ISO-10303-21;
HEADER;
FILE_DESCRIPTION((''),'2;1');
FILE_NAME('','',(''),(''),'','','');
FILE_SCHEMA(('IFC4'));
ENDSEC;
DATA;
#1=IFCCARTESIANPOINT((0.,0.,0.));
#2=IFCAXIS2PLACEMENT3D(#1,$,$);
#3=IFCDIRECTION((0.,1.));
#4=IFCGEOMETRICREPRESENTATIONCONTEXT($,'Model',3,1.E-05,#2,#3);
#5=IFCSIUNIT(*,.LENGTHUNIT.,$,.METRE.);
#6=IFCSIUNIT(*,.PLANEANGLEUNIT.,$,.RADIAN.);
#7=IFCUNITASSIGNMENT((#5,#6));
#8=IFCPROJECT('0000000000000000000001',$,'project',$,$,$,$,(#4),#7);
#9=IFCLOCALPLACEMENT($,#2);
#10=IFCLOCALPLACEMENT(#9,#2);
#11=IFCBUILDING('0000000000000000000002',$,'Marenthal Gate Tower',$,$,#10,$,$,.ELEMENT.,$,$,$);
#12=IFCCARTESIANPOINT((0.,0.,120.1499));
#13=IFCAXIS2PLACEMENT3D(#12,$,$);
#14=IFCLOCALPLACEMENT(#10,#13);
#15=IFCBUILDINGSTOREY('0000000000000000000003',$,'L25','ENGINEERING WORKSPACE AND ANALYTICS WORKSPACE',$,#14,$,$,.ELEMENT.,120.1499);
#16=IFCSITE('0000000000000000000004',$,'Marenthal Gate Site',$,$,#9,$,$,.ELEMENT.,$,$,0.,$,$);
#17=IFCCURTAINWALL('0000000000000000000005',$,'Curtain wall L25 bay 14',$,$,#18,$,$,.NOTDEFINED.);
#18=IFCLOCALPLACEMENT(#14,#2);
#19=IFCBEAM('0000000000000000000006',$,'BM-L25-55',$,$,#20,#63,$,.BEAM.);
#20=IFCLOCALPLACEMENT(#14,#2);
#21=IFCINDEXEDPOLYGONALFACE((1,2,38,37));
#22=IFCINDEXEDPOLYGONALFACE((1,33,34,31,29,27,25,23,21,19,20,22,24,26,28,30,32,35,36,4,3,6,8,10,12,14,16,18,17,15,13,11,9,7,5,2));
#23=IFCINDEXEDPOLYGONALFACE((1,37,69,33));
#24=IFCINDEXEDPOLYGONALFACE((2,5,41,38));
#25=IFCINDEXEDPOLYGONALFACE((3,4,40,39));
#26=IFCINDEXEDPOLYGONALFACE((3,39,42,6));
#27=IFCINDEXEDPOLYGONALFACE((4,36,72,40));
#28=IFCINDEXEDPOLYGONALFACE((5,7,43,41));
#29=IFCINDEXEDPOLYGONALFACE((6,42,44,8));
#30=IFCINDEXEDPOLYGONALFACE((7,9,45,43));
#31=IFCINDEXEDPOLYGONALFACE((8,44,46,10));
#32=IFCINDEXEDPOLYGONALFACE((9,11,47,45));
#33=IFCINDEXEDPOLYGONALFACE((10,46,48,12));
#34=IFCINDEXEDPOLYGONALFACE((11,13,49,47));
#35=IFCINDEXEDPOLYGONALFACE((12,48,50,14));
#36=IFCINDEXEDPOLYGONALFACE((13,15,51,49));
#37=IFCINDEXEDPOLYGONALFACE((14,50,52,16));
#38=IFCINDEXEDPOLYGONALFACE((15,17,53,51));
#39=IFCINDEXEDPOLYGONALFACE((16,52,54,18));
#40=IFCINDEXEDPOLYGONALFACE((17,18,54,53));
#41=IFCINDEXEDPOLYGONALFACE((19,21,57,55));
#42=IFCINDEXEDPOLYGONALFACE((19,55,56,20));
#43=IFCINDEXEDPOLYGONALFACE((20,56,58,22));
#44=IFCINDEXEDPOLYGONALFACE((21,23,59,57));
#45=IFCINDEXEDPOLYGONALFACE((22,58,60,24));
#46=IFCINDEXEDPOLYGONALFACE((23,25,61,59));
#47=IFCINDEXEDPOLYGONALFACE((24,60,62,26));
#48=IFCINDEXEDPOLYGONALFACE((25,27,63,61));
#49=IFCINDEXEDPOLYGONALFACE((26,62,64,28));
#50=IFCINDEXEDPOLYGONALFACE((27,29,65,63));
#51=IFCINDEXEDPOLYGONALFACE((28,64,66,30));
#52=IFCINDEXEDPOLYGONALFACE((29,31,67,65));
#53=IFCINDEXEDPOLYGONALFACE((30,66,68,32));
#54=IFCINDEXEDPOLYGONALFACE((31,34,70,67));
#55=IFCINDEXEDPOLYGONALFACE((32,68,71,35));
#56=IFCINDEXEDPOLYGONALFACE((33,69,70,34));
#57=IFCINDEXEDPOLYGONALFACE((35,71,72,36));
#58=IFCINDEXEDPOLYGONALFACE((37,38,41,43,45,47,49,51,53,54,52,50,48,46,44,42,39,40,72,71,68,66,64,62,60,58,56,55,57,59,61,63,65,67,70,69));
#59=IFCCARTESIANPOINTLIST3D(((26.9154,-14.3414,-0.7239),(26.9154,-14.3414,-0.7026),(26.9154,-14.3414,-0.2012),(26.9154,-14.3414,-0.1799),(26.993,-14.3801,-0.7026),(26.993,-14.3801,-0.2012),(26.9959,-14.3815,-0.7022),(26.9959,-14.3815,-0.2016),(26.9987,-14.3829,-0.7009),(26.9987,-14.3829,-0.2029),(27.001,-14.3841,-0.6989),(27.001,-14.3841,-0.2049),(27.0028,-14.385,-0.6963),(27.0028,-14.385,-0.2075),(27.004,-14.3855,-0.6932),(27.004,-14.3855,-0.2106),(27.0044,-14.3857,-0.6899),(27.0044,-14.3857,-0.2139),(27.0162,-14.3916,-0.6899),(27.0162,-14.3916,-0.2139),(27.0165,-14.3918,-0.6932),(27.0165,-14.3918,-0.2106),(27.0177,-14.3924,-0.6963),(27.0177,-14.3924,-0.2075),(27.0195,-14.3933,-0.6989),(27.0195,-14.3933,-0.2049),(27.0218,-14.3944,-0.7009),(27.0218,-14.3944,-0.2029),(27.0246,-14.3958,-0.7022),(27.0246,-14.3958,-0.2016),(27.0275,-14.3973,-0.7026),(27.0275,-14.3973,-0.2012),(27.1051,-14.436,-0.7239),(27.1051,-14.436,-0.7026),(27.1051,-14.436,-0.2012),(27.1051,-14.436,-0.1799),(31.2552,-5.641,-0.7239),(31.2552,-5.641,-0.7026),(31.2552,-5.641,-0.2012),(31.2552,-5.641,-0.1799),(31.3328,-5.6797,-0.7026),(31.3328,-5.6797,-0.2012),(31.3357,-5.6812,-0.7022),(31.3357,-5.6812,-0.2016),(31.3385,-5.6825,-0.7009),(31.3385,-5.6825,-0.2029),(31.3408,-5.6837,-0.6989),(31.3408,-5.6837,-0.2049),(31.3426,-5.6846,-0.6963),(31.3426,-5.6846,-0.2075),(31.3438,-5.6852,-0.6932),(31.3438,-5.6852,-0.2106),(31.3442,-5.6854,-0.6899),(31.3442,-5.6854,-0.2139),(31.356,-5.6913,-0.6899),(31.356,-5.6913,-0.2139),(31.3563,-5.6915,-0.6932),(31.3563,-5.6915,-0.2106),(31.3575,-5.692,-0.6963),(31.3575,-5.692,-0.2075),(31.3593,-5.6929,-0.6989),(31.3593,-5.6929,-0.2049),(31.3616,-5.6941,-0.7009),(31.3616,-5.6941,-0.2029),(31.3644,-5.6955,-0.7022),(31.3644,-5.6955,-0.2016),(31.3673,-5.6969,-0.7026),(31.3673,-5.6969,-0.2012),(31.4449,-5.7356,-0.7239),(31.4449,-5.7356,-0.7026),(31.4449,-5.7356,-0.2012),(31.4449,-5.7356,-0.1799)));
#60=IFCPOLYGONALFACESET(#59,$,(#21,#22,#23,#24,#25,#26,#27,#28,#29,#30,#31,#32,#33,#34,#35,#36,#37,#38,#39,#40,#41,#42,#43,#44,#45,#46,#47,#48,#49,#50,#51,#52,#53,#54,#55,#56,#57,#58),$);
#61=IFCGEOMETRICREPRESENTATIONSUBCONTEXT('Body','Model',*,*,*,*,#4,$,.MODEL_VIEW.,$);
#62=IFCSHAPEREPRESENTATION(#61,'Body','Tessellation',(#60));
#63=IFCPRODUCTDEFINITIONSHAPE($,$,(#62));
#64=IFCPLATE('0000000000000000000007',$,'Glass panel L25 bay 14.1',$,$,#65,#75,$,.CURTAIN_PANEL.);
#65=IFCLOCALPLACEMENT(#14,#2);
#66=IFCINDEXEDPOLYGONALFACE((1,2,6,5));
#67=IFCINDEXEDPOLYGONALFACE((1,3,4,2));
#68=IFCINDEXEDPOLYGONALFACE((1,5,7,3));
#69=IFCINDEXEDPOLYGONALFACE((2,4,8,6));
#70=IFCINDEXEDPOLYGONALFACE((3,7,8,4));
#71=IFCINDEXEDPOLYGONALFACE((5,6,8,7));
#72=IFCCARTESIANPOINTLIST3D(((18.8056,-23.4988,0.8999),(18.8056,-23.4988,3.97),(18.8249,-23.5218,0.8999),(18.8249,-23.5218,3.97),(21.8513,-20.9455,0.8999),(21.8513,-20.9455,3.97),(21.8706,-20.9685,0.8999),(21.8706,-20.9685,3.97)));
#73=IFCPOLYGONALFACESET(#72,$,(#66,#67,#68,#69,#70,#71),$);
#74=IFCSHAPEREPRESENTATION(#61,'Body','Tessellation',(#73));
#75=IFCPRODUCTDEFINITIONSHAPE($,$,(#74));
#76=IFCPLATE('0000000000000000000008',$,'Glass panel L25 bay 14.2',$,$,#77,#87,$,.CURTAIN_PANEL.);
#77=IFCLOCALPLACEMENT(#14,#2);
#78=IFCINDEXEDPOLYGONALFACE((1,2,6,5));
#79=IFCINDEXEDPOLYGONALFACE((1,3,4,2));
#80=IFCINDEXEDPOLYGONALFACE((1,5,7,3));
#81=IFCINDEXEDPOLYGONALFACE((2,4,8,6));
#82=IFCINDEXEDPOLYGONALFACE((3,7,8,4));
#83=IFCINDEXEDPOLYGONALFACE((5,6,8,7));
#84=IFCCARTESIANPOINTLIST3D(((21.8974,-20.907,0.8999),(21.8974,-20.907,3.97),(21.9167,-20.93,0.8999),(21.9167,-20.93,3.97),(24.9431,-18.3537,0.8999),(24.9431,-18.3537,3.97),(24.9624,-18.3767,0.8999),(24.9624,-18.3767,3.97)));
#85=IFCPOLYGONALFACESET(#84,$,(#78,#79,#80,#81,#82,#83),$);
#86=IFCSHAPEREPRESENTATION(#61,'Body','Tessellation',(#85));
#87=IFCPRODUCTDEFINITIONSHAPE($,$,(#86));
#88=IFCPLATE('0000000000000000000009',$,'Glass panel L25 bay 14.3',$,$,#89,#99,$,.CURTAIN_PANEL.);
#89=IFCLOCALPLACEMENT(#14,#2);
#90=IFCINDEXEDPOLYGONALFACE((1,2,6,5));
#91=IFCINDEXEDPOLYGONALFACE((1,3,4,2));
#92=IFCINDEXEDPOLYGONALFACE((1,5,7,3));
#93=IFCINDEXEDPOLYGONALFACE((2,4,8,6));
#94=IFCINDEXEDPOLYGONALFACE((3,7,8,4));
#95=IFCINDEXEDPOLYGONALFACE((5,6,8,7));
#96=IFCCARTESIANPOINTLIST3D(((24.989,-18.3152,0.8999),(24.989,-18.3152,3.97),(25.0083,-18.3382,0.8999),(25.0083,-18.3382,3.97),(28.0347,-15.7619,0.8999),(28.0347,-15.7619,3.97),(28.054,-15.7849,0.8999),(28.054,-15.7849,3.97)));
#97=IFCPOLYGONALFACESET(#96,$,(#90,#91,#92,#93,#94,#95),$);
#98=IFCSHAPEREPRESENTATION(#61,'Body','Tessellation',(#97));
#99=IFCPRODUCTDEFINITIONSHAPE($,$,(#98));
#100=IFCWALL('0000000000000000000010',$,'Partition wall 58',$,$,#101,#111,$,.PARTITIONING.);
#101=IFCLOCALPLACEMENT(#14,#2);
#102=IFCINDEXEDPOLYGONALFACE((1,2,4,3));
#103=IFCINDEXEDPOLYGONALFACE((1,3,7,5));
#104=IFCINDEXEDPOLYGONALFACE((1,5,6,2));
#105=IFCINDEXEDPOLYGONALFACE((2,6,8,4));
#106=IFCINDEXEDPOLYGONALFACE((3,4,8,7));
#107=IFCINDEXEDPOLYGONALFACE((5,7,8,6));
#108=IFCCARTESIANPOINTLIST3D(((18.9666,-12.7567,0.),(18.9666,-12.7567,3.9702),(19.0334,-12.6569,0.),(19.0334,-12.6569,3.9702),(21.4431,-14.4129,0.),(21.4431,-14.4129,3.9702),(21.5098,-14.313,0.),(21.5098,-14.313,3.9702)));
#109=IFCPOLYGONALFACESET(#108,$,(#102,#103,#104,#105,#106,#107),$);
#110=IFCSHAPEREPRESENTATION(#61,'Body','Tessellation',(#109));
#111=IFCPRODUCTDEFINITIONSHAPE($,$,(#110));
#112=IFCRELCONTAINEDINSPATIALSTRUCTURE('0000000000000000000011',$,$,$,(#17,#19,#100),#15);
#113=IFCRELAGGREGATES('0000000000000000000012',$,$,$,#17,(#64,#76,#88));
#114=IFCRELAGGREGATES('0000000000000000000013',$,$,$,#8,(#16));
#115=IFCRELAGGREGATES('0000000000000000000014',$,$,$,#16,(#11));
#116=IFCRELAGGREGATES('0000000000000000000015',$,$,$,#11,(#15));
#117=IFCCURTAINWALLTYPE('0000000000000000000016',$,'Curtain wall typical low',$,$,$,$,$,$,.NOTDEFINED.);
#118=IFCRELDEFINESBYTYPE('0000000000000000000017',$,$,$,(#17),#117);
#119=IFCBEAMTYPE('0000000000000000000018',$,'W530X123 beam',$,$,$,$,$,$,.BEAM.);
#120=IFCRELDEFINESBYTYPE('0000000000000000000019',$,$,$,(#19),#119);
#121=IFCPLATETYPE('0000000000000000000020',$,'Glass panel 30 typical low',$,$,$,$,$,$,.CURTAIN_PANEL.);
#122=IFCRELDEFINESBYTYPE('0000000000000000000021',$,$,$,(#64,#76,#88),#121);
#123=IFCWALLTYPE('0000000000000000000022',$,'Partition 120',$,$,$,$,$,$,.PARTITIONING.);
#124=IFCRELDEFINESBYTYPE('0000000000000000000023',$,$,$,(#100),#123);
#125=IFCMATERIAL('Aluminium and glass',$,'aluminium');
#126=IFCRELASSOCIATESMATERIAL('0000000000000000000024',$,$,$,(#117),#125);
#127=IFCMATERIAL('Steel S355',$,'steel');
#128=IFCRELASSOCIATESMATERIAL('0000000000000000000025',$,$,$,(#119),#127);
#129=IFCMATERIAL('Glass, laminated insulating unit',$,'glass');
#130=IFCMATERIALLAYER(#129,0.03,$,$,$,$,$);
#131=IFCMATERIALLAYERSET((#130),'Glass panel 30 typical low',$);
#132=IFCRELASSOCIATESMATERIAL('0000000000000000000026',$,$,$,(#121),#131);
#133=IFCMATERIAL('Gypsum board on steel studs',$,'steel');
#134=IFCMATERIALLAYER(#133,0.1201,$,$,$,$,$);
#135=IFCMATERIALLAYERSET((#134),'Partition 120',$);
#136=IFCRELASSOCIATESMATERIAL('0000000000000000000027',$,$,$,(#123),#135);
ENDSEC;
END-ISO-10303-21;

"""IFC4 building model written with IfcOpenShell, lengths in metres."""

from ifc_helpers import new_model, si_unit, direction, frame, frame_2d, origin, origin_2d, place, context, subcontext, project, spatial, rectangle, i_section, extrude, material, layer, layer_set, material_profile, profile_set, type_object, element, aggregate, save


model = new_model("IFC4")

# Units and contexts
model_context = context("Model", 3, precision=1e-05, world=origin(), true_north=direction((0.0, 1.0)))
body_context = subcontext(model_context, "Body", "Model", "MODEL_VIEW")
ifc_project = project(units=[si_unit("LENGTHUNIT", "METRE"), si_unit("PLANEANGLEUNIT", "RADIAN")], contexts=[model_context])

# Site, building, storey
site_placement = place(None, origin())
site = spatial("IfcSite", under=ifc_project, at=site_placement, Name="Marenthal Gate Site", CompositionType="ELEMENT", RefElevation=0.0)
building_placement = place(site_placement, origin())
building = spatial("IfcBuilding", under=site, at=building_placement, Name="Marenthal Gate Tower", CompositionType="ELEMENT")
storey_placement = place(building_placement, frame((0.0, 0.0, 120.1499)))
storey = spatial("IfcBuildingStorey", under=building, at=storey_placement, Name="L25", Description="ENGINEERING WORKSPACE AND ANALYTICS WORKSPACE", CompositionType="ELEMENT", Elevation=120.1499)

# Curtain wall
ifc_material_1 = material(Name="Aluminium and glass", Category="aluminium")
curtain_wall_type = type_object("IfcCurtainWallType", Name="Curtain wall typical low", PredefinedType="NOTDEFINED", material=ifc_material_1)
curtain_wall_placement = place(storey_placement, origin())
curtain_wall = element("IfcCurtainWall", 1, at=curtain_wall_placement, inside=storey, type_object=curtain_wall_type, Name="Curtain wall L25 bay 14", PredefinedType="NOTDEFINED")

# Beam
ifc_material_2 = material(Name="Steel S355", Category="steel")
ifc_material_profile_1 = material_profile(ifc_material_2, i_section(OverallWidth=0.2119, OverallDepth=0.5439, WebThickness=0.0132, FlangeThickness=0.0212, FilletRadius=0.0127, at=origin_2d()), Name="W530X123")
ifc_profile_set_1 = profile_set([ifc_material_profile_1], Name="Steel S355")
beam_type_1 = type_object("IfcBeamType", Name="W530X123 beam", PredefinedType="BEAM", material=ifc_profile_set_1)
beam_1_placement = place(storey_placement, frame((27.0103, -14.3887, -0.4519), z_axis=(0.44636, 0.894854, 0.0), x_axis=(-0.894854, 0.44636, 0.0)))
element("IfcBeam", 2, at=beam_1_placement, inside=storey, type_object=beam_type_1, Name="BM-L25-55", PredefinedType="BEAM", context=body_context, shape_type="SweptSolid", body=[
    extrude(i_section(OverallWidth=0.2119, OverallDepth=0.5439, WebThickness=0.0132, FlangeThickness=0.0212, FilletRadius=0.0127, at=origin_2d()), origin(), (0.0, 0.0, 1.0), 9.7227),
])

# Plates
ifc_material_3 = material(Name="Glass, laminated insulating unit", Category="glass")
ifc_layer_1 = layer(ifc_material_3, 0.03)
ifc_layer_set_1 = layer_set([ifc_layer_1], Name="Glass panel 30 typical low")
plate_type = type_object("IfcPlateType", Name="Glass panel 30 typical low", PredefinedType="CURTAIN_PANEL", material=ifc_layer_set_1)
plate_1_placement = place(storey_placement, frame((20.3381, -22.2336, 0.8999), z_axis=(0.0, 0.0, 1.0), x_axis=(0.766338, 0.642438, 0.0)))
plate_1 = element("IfcPlate", 3, at=plate_1_placement, type_object=plate_type, Name="Glass panel L25 bay 14.1", PredefinedType="CURTAIN_PANEL", context=body_context, shape_type="SweptSolid", body=[
    extrude(rectangle(XDim=3.9744, YDim=0.03, at=origin_2d()), origin(), (0.0, 0.0, 1.0), 3.0701),
])
plate_2_placement = place(storey_placement, frame((23.4299, -19.6418, 0.8999), z_axis=(0.0, 0.0, 1.0), x_axis=(0.766338, 0.642438, 0.0)))
plate_2 = element("IfcPlate", 4, at=plate_2_placement, type_object=plate_type, Name="Glass panel L25 bay 14.2", PredefinedType="CURTAIN_PANEL", context=body_context, shape_type="SweptSolid", body=[
    extrude(rectangle(XDim=3.9744, YDim=0.03, at=origin_2d()), origin(), (0.0, 0.0, 1.0), 3.0701),
])
plate_3_placement = place(storey_placement, frame((26.5215, -17.05, 0.8999), z_axis=(0.0, 0.0, 1.0), x_axis=(0.766338, 0.642438, 0.0)))
plate_3 = element("IfcPlate", 5, at=plate_3_placement, type_object=plate_type, Name="Glass panel L25 bay 14.3", PredefinedType="CURTAIN_PANEL", context=body_context, shape_type="SweptSolid", body=[
    extrude(rectangle(XDim=3.9744, YDim=0.03, at=origin_2d()), origin(), (0.0, 0.0, 1.0), 3.0701),
])
aggregate(curtain_wall, [plate_1, plate_2, plate_3])

# Wall
ifc_material_4 = material(Name="Gypsum board on steel studs", Category="steel")
ifc_layer_2 = layer(ifc_material_4, 0.1201)
ifc_layer_set_2 = layer_set([ifc_layer_2], Name="Partition 120")
wall_type_1 = type_object("IfcWallType", Name="Partition 120", PredefinedType="PARTITIONING", material=ifc_layer_set_2)
wall_1_placement = place(storey_placement, frame((21.4766, -14.363, 0.0), z_axis=(0.0, 0.0, 1.0), x_axis=(-0.831243, 0.55591, 0.0)))
element("IfcWall", 6, at=wall_1_placement, inside=storey, type_object=wall_type_1, Name="Partition wall 58", PredefinedType="PARTITIONING", context=body_context, shape_type="SweptSolid", body=[
    extrude(rectangle(XDim=2.9792, YDim=0.1201, at=frame_2d((1.4897, 0.0))), origin(), (0.0, 0.0, 1.0), 3.9702),
])

save(model, "model.ifc")
